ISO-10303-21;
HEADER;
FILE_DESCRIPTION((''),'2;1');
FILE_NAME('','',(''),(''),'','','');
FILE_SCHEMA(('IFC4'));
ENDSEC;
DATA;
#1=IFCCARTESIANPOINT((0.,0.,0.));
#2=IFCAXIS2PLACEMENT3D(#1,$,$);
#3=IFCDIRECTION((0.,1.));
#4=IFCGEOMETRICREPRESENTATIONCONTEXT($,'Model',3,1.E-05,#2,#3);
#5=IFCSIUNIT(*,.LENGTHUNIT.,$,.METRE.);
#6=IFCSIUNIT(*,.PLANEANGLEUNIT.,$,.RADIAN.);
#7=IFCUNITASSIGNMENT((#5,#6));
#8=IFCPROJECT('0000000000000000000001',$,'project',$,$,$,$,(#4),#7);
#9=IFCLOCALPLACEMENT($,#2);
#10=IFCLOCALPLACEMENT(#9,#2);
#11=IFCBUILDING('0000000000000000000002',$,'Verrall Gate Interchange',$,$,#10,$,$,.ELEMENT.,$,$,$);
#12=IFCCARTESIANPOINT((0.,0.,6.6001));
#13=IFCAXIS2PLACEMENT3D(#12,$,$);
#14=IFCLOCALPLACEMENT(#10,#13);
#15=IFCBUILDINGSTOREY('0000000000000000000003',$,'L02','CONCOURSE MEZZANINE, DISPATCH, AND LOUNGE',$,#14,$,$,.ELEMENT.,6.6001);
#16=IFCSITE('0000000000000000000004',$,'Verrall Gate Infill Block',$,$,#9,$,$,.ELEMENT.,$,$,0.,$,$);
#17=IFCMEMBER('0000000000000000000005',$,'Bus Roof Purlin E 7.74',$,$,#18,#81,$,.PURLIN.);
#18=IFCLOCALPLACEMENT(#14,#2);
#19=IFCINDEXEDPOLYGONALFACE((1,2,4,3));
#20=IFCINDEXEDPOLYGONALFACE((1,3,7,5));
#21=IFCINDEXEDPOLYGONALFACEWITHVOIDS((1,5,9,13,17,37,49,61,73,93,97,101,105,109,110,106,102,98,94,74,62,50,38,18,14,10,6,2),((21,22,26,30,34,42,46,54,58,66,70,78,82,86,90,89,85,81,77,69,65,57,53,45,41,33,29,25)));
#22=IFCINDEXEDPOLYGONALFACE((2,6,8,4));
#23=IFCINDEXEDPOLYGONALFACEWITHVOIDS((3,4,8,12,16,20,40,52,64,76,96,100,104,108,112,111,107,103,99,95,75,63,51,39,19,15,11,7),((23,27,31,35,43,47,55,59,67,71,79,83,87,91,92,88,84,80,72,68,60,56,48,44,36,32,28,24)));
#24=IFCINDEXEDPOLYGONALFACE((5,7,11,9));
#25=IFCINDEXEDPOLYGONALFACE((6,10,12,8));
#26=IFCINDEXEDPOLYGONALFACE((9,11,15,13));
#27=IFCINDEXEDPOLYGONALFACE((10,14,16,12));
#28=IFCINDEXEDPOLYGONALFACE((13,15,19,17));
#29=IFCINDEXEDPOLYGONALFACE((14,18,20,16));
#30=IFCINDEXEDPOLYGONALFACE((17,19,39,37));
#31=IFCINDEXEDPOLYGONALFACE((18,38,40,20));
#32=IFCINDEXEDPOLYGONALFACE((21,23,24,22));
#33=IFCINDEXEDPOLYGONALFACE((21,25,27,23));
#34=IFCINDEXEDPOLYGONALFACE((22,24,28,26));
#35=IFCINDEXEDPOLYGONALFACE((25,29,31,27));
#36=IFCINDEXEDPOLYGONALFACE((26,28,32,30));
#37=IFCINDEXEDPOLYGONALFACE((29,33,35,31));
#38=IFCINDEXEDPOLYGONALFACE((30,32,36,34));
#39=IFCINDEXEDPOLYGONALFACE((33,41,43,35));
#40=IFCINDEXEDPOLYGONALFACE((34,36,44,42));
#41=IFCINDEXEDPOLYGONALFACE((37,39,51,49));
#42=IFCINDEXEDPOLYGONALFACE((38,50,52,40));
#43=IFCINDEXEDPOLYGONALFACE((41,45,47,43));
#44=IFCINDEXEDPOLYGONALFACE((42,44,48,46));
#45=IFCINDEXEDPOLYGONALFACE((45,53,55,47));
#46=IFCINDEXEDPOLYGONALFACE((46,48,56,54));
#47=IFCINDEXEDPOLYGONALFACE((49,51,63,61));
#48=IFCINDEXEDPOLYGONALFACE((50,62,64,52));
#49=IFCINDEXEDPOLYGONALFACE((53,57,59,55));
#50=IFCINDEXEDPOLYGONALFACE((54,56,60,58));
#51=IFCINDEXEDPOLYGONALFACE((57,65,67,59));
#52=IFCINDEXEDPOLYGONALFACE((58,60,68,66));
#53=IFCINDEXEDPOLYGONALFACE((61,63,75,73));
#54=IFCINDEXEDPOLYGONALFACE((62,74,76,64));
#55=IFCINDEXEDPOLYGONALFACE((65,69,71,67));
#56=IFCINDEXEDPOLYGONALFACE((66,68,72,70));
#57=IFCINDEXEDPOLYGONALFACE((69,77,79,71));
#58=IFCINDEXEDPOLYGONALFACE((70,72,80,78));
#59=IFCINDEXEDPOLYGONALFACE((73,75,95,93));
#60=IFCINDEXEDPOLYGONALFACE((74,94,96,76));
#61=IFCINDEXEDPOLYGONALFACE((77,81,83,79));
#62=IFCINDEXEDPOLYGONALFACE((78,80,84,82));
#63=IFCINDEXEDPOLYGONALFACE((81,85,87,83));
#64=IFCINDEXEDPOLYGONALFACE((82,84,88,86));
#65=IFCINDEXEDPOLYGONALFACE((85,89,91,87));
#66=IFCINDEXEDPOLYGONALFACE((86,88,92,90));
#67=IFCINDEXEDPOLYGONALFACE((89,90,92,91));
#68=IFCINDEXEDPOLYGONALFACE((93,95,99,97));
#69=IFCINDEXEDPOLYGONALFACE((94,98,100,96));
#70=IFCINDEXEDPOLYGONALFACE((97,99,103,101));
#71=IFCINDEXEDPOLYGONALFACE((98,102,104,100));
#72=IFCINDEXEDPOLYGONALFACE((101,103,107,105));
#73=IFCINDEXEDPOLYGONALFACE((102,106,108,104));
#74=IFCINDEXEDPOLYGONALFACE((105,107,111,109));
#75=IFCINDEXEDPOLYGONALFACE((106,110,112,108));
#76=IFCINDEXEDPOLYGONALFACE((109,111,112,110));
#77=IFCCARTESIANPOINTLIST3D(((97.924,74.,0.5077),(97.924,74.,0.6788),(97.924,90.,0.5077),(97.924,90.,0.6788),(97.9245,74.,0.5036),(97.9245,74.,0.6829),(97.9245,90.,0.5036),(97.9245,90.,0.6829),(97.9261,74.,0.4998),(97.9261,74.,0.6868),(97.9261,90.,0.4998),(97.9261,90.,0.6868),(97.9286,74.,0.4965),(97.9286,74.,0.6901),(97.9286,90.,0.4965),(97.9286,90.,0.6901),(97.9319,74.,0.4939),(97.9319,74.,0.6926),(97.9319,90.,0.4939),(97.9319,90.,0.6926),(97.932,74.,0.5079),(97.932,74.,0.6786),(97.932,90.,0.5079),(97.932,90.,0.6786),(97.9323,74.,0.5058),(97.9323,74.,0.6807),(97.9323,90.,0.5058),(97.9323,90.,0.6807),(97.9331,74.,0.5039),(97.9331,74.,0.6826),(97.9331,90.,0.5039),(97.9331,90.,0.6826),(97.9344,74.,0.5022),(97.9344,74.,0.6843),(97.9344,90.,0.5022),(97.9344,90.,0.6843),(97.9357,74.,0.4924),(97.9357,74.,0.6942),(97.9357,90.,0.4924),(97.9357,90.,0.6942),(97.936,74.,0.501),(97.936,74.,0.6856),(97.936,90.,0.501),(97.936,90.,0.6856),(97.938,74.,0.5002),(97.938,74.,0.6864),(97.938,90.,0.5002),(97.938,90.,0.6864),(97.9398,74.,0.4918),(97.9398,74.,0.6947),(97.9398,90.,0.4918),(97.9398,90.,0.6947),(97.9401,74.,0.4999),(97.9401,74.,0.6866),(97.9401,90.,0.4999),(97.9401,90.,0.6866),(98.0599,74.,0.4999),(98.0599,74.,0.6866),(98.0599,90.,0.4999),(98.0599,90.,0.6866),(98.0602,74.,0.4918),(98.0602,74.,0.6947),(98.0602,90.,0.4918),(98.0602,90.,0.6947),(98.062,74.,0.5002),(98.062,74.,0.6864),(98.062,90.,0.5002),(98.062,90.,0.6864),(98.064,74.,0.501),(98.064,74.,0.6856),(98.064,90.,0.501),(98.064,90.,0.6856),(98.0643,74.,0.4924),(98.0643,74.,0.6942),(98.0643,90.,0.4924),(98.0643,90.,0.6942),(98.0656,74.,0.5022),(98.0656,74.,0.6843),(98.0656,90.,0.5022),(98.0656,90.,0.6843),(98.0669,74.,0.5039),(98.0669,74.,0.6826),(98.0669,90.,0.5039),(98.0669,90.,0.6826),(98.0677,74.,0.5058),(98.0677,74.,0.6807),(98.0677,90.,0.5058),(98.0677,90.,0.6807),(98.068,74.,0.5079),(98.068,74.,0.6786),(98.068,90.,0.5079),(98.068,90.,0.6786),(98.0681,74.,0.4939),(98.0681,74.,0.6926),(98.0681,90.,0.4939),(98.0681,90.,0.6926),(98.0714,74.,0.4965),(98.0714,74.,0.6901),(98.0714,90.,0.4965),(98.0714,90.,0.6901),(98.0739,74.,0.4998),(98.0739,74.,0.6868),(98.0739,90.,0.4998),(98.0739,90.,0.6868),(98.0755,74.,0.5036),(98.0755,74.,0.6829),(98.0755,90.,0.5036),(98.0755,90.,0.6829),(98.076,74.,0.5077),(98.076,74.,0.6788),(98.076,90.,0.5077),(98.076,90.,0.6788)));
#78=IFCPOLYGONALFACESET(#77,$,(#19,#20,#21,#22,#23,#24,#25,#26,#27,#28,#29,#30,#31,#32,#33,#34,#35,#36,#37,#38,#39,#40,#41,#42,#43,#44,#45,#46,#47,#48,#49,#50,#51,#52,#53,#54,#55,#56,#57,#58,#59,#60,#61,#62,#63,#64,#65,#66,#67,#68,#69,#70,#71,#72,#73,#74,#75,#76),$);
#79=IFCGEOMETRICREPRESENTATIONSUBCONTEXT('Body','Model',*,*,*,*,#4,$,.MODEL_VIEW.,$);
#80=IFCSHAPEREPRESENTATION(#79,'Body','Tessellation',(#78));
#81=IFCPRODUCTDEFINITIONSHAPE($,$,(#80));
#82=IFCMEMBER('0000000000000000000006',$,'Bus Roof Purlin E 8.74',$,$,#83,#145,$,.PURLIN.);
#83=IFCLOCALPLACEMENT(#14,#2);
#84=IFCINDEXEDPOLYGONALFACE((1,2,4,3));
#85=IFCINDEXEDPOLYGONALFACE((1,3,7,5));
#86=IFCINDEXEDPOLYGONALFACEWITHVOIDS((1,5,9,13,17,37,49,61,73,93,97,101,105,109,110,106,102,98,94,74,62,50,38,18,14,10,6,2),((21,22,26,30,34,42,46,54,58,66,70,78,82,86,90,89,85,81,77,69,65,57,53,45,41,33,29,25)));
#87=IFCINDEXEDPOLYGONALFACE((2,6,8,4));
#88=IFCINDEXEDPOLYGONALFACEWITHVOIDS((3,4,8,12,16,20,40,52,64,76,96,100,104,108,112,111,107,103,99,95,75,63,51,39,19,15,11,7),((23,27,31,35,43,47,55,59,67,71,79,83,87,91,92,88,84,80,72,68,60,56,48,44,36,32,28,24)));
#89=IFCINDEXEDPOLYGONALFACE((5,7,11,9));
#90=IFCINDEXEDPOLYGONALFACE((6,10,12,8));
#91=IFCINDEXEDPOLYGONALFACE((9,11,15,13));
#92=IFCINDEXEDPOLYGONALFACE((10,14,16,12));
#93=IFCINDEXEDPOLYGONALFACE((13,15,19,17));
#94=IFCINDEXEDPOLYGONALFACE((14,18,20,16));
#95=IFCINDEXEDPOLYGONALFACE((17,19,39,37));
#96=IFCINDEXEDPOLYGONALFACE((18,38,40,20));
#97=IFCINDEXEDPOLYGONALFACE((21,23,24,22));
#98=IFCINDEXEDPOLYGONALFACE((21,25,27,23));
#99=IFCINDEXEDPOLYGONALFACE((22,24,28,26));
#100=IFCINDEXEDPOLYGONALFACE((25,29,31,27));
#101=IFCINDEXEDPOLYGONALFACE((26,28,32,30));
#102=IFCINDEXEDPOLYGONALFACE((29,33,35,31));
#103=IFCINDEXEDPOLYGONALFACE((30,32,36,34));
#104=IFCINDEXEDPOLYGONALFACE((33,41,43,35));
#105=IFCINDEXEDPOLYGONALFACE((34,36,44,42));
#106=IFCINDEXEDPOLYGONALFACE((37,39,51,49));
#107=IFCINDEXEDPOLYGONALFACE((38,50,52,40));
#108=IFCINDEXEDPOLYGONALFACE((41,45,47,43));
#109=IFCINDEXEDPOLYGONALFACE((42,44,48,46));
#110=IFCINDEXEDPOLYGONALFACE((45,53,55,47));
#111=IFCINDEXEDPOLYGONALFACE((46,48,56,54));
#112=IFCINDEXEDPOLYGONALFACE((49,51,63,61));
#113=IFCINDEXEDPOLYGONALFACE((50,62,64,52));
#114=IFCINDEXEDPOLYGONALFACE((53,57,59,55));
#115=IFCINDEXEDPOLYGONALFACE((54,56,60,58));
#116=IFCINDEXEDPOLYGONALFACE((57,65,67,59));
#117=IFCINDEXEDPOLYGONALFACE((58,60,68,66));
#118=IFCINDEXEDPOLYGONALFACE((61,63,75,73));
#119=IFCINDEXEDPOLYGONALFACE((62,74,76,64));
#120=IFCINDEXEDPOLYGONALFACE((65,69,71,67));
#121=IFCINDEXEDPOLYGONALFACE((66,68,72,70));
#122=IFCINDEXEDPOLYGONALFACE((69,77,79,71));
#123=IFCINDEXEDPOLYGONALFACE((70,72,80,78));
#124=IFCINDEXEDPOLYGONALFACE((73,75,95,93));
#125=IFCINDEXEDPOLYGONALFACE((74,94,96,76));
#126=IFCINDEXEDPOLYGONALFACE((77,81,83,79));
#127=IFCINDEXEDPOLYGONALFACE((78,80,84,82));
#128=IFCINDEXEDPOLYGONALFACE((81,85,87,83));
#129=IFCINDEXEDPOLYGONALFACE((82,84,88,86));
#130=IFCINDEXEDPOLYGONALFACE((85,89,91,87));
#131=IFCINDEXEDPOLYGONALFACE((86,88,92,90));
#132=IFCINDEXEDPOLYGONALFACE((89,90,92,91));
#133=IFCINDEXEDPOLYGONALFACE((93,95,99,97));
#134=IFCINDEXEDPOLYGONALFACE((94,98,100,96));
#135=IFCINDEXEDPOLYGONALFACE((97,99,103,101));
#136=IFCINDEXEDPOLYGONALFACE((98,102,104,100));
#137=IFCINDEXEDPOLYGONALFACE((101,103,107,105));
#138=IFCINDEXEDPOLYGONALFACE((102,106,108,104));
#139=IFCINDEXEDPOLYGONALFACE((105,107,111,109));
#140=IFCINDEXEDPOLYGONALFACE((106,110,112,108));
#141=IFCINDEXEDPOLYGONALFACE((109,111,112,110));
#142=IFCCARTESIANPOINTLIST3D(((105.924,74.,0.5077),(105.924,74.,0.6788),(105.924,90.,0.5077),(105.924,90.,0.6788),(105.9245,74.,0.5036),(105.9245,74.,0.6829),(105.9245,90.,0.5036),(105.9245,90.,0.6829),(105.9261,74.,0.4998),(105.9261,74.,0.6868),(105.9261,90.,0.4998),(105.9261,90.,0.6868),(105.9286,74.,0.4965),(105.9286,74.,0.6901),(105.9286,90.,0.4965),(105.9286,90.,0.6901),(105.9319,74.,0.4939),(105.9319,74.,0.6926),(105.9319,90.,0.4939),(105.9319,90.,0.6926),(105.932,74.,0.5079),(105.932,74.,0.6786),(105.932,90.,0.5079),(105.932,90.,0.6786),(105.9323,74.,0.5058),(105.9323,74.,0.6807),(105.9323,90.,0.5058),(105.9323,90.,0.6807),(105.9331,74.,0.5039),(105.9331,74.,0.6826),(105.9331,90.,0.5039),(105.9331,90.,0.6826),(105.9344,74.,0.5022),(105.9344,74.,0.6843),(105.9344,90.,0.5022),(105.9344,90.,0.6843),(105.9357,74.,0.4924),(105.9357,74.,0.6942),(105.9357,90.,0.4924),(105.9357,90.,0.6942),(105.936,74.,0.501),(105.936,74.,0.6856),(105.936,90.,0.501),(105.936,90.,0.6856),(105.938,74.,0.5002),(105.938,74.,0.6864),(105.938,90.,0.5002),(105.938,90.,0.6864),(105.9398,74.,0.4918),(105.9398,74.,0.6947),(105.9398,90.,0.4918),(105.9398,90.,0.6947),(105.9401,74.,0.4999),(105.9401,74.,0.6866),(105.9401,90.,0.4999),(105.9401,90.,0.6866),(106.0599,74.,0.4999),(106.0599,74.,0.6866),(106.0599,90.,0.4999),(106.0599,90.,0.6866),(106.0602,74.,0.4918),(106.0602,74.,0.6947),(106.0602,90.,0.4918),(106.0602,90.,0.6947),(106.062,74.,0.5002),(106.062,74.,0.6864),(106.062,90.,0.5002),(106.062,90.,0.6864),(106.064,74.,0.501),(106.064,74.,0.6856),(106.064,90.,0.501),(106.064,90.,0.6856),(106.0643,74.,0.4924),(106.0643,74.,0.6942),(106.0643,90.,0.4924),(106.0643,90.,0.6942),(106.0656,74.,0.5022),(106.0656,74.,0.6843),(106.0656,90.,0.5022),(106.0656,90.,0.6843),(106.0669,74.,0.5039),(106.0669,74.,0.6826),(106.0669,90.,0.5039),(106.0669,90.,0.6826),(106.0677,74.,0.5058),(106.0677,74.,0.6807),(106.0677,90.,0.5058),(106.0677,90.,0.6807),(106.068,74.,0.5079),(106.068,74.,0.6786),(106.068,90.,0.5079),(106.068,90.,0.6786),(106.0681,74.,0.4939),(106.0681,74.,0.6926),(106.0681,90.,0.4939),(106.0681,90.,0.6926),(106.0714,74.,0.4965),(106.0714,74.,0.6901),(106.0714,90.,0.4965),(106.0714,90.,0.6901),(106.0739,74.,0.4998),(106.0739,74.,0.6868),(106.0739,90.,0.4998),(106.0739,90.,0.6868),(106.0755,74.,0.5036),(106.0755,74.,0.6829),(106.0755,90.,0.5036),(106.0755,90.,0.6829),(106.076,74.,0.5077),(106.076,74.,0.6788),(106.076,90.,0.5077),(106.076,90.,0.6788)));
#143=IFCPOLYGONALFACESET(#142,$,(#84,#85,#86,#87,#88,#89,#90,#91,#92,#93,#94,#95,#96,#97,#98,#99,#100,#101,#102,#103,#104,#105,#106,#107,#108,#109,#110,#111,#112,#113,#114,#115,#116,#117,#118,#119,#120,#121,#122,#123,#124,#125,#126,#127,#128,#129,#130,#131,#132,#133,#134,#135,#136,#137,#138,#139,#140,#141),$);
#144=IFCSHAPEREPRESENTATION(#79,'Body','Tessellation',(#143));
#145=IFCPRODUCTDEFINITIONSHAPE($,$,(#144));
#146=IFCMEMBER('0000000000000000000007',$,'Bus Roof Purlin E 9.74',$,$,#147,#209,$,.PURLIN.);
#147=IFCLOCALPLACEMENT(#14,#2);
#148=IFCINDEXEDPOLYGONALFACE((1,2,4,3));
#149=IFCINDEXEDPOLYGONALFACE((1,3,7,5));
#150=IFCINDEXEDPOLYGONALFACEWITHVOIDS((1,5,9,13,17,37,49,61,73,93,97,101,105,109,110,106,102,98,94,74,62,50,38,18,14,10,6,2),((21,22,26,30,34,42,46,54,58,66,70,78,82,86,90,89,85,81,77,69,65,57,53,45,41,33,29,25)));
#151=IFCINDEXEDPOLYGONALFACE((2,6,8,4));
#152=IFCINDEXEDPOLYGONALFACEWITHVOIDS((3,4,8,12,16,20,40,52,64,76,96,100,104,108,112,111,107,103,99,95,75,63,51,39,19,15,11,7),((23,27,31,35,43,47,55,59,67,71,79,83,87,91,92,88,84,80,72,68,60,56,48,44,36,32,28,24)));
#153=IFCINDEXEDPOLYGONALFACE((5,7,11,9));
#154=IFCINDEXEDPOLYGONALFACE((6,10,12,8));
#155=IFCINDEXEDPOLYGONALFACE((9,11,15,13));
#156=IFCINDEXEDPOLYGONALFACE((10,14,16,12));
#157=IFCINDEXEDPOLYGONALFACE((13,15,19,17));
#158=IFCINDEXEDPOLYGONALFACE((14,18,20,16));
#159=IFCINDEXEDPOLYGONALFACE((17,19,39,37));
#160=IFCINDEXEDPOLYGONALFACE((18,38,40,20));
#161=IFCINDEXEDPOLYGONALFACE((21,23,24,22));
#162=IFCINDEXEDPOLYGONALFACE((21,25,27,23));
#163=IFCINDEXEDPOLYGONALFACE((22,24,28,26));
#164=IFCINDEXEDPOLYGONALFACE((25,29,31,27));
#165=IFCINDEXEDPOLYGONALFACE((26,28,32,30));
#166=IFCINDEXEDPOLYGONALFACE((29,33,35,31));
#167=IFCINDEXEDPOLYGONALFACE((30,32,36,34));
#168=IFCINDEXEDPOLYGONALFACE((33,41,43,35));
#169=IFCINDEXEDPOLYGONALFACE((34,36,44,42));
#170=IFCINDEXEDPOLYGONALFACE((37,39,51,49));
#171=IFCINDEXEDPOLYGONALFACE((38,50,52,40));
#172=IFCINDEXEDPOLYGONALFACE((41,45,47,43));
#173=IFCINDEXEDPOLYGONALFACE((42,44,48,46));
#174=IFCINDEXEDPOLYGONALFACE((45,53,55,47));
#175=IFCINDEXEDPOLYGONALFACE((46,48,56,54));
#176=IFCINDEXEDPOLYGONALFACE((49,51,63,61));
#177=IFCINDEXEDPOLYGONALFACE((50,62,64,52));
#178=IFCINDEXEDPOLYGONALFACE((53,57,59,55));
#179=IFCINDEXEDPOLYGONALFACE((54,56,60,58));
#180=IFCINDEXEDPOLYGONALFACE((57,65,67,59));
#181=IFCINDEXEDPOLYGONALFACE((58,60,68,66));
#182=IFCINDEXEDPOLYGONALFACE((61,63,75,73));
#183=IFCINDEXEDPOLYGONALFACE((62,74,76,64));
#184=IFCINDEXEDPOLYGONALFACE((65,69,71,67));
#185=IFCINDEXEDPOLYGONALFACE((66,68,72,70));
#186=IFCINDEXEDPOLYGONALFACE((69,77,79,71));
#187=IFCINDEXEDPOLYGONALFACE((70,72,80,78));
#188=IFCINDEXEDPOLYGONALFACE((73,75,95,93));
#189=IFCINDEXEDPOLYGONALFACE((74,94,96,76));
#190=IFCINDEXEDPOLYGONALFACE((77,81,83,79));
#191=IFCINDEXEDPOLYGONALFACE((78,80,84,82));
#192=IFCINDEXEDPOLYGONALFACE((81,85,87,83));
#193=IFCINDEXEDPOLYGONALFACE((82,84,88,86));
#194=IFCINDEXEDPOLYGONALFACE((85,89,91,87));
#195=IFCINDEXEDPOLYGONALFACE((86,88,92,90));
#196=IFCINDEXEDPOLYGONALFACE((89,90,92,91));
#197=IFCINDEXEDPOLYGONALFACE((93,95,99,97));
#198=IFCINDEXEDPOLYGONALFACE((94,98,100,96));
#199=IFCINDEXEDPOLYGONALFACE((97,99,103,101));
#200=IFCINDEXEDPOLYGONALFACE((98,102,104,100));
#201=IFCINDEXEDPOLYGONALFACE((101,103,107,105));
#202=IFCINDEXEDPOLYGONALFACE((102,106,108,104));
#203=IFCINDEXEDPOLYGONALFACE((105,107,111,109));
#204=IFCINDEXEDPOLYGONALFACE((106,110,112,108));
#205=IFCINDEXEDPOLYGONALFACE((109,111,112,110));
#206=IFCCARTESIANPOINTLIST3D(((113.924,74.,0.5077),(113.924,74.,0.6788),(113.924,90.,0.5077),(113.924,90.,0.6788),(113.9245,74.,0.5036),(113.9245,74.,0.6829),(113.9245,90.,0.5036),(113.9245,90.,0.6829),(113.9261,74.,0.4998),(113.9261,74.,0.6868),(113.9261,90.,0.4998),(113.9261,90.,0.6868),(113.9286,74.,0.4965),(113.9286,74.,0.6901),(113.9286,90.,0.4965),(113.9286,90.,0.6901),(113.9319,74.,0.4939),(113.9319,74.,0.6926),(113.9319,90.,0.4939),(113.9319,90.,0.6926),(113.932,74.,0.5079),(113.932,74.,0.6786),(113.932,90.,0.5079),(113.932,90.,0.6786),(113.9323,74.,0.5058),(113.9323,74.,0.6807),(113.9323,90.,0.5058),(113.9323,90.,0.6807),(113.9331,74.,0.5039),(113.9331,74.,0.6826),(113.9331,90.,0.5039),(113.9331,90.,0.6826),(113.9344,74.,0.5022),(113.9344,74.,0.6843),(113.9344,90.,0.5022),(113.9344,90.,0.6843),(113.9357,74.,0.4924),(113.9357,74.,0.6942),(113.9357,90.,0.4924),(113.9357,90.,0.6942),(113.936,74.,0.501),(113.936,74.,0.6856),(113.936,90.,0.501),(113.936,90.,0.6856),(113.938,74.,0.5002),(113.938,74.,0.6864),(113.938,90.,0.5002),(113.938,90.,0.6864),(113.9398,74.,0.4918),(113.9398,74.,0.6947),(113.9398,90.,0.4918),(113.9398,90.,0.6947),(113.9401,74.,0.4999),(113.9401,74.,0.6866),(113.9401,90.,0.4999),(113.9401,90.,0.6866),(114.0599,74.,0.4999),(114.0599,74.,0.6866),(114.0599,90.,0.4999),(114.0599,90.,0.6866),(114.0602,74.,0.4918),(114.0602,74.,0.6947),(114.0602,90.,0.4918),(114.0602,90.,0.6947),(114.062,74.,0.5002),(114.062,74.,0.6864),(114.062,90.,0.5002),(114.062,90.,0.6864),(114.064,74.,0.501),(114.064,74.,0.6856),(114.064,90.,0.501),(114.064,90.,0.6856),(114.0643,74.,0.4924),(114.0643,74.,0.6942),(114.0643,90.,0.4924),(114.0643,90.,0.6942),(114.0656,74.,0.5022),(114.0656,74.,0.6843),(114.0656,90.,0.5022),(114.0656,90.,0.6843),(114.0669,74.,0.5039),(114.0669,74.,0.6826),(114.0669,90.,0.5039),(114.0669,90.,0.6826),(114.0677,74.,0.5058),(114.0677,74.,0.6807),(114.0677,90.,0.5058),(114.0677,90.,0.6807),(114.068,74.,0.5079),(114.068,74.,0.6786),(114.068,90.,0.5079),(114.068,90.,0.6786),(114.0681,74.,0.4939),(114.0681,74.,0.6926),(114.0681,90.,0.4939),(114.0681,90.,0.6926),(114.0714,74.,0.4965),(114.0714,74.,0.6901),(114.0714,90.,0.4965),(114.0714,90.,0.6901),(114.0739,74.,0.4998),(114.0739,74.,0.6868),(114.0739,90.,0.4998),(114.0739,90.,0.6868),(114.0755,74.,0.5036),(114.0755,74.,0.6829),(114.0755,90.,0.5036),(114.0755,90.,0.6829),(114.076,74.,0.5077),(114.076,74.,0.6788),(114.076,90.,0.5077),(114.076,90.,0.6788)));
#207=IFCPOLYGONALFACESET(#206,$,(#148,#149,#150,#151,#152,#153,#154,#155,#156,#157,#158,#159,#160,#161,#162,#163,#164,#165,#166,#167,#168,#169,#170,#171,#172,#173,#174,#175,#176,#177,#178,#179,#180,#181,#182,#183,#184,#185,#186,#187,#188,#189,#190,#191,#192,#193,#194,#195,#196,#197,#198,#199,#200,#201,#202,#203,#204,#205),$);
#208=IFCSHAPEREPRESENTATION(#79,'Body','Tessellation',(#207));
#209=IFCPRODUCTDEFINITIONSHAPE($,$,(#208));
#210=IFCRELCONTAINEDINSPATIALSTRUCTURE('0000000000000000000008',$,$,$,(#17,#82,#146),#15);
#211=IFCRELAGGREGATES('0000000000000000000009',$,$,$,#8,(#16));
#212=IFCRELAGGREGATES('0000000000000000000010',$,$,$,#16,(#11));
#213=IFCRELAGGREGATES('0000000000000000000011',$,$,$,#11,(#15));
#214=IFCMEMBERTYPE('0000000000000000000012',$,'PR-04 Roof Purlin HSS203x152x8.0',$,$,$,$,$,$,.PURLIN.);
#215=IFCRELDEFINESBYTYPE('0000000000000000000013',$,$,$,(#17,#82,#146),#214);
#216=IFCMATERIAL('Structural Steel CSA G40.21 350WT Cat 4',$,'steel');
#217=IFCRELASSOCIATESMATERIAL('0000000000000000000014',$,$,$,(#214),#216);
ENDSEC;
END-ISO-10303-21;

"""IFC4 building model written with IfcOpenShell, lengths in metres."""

from ifc_helpers import new_model, si_unit, direction, frame, origin, origin_2d, place, context, subcontext, project, spatial, hollow_rectangle, extrude, material, material_profile, profile_set, type_object, element, save


model = new_model("IFC4")

# Units and contexts
model_context = context("Model", 3, precision=1e-05, world=origin(), true_north=direction((0.0, 1.0)))
body_context = subcontext(model_context, "Body", "Model", "MODEL_VIEW")
ifc_project = project(units=[si_unit("LENGTHUNIT", "METRE"), si_unit("PLANEANGLEUNIT", "RADIAN")], contexts=[model_context])

# Site, building, storey
site_placement = place(None, origin())
site = spatial("IfcSite", under=ifc_project, at=site_placement, Name="Verrall Gate Infill Block", CompositionType="ELEMENT", RefElevation=0.0)
building_placement = place(site_placement, origin())
building = spatial("IfcBuilding", under=site, at=building_placement, Name="Verrall Gate Interchange", CompositionType="ELEMENT")
storey_placement = place(building_placement, frame((0.0, 0.0, 6.6001)))
storey = spatial("IfcBuildingStorey", under=building, at=storey_placement, Name="L02", Description="CONCOURSE MEZZANINE, DISPATCH, AND LOUNGE", CompositionType="ELEMENT", Elevation=6.6001)

# Members
ifc_material_1 = material(Name="Structural Steel CSA G40.21 350WT Cat 4", Category="steel")
ifc_material_profile_1 = material_profile(ifc_material_1, hollow_rectangle(XDim=0.1521, YDim=0.2029, WallThickness=0.0081, InnerFilletRadius=0.0081, OuterFilletRadius=0.0159, at=origin_2d()), Name="HSS203x152x8.0")
ifc_profile_set_1 = profile_set([ifc_material_profile_1], Name="Structural Steel CSA G40.21 350WT Cat 4")
member_type_1 = type_object("IfcMemberType", Name="PR-04 Roof Purlin HSS203x152x8.0", PredefinedType="PURLIN", material=ifc_profile_set_1)
for number, where, z_axis, x_axis, name in (
    (1, (98.0, 74.0, 0.5933), (0.0, 1.0, 0.0), (-1.0, 0.0, 0.0), "Bus Roof Purlin E 7.74"),
    (2, (106.0, 74.0, 0.5933), (0.0, 1.0, 0.0), (-1.0, 0.0, 0.0), "Bus Roof Purlin E 8.74"),
    (3, (114.0, 74.0, 0.5933), (0.0, 1.0, 0.0), (-1.0, 0.0, 0.0), "Bus Roof Purlin E 9.74"),
):
    element("IfcMember", number, at=place(storey_placement, frame(where, z_axis=z_axis, x_axis=x_axis)), inside=storey, type_object=member_type_1, Name=name, PredefinedType="PURLIN", context=body_context, shape_type="SweptSolid", body=[
        extrude(hollow_rectangle(XDim=0.1521, YDim=0.2029, WallThickness=0.0081, InnerFilletRadius=0.0081, OuterFilletRadius=0.0159, at=origin_2d()), origin(), (0.0, 0.0, 1.0), 16.0),
    ])

save(model, "model.ifc")
